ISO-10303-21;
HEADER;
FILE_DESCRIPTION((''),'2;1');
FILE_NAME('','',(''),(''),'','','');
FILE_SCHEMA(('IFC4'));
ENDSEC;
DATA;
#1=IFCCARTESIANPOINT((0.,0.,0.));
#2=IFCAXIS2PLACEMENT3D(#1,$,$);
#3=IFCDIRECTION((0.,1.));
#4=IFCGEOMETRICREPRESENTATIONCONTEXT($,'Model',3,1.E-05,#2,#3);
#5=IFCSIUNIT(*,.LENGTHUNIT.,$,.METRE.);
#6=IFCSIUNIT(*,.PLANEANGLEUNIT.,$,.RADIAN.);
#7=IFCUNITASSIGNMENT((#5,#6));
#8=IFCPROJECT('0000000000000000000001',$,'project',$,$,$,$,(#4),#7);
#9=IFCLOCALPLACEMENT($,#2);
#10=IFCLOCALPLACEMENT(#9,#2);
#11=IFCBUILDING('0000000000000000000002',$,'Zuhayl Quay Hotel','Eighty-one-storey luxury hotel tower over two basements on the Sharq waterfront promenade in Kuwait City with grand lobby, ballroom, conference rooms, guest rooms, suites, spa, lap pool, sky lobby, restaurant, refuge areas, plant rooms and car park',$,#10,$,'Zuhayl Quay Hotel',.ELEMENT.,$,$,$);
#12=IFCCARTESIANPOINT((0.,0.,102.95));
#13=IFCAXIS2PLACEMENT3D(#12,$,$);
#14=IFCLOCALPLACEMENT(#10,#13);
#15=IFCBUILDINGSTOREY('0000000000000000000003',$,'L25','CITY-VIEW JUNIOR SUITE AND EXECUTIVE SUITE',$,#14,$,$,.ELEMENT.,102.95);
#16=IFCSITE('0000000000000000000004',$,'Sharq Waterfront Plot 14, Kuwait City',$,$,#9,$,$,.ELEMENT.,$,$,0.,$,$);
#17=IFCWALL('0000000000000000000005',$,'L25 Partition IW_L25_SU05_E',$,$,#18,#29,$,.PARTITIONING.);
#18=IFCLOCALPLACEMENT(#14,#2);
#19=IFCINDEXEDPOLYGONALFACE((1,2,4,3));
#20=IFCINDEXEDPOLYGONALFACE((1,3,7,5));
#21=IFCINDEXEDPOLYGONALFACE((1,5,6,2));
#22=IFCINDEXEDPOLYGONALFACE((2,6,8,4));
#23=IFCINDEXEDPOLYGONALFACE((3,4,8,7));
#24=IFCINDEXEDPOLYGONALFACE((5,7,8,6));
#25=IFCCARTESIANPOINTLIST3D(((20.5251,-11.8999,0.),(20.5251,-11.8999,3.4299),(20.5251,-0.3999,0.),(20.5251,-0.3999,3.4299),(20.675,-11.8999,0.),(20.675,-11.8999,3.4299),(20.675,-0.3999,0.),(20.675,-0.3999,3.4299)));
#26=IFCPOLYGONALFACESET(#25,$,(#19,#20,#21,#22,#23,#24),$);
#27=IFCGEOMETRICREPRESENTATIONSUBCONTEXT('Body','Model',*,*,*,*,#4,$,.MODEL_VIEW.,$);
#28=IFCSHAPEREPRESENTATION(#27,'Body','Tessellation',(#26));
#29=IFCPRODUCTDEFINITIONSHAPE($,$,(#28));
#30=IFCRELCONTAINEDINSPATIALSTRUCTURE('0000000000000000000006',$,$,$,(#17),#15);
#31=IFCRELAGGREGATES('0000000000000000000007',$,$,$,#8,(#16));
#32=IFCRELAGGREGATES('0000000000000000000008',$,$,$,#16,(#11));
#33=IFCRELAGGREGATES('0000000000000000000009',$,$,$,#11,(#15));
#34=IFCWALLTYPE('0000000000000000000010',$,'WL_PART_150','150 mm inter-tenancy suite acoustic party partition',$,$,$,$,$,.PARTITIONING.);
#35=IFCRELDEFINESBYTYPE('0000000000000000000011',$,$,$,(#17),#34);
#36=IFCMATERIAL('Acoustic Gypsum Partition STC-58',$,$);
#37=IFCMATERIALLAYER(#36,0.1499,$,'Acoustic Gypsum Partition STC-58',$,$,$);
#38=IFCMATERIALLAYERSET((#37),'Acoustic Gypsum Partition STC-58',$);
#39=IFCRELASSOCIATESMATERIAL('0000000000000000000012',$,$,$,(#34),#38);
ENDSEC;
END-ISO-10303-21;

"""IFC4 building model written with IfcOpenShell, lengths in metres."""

from ifc_helpers import new_model, si_unit, direction, frame, frame_2d, origin, place, context, subcontext, project, spatial, rectangle, extrude, material, layer, layer_set, type_object, element, save


model = new_model("IFC4")

# Units and contexts
model_context = context("Model", 3, precision=1e-05, world=origin(), true_north=direction((0.0, 1.0)))
body_context = subcontext(model_context, "Body", "Model", "MODEL_VIEW")
ifc_project = project(units=[si_unit("LENGTHUNIT", "METRE"), si_unit("PLANEANGLEUNIT", "RADIAN")], contexts=[model_context])

# Site, building, storey
site_placement = place(None, origin())
site = spatial("IfcSite", under=ifc_project, at=site_placement, Name="Sharq Waterfront Plot 14, Kuwait City", CompositionType="ELEMENT", RefElevation=0.0)
building_placement = place(site_placement, origin())
building = spatial("IfcBuilding", under=site, at=building_placement, Name="Zuhayl Quay Hotel", Description="Eighty-one-storey luxury hotel tower over two basements on the Sharq waterfront promenade in Kuwait City with grand lobby, ballroom, conference rooms, guest rooms, suites, spa, lap pool, sky lobby, restaurant, refuge areas, plant rooms and car park", LongName="Zuhayl Quay Hotel", CompositionType="ELEMENT")
storey_placement = place(building_placement, frame((0.0, 0.0, 102.95)))
storey = spatial("IfcBuildingStorey", under=building, at=storey_placement, Name="L25", Description="CITY-VIEW JUNIOR SUITE AND EXECUTIVE SUITE", CompositionType="ELEMENT", Elevation=102.95)

# Wall
ifc_material_1 = material(Name="Acoustic Gypsum Partition STC-58")
ifc_layer_1 = layer(ifc_material_1, 0.1499, Name="Acoustic Gypsum Partition STC-58")
ifc_layer_set_1 = layer_set([ifc_layer_1], Name="Acoustic Gypsum Partition STC-58")
wall_type_1 = type_object("IfcWallType", Name="WL_PART_150", Description="150 mm inter-tenancy suite acoustic party partition", PredefinedType="PARTITIONING", material=ifc_layer_set_1)
wall_1_placement = place(storey_placement, frame((20.6001, -11.8999, 0.0), z_axis=(0.0, 0.0, 1.0), x_axis=(0.0, 1.0, 0.0)))
element("IfcWall", 1, at=wall_1_placement, inside=storey, type_object=wall_type_1, Name="L25 Partition IW_L25_SU05_E", PredefinedType="PARTITIONING", context=body_context, shape_type="SweptSolid", body=[
    extrude(rectangle(XDim=11.5, YDim=0.1499, at=frame_2d((5.75, 0.0))), origin(), (0.0, 0.0, 1.0), 3.4299),
])

save(model, "model.ifc")
